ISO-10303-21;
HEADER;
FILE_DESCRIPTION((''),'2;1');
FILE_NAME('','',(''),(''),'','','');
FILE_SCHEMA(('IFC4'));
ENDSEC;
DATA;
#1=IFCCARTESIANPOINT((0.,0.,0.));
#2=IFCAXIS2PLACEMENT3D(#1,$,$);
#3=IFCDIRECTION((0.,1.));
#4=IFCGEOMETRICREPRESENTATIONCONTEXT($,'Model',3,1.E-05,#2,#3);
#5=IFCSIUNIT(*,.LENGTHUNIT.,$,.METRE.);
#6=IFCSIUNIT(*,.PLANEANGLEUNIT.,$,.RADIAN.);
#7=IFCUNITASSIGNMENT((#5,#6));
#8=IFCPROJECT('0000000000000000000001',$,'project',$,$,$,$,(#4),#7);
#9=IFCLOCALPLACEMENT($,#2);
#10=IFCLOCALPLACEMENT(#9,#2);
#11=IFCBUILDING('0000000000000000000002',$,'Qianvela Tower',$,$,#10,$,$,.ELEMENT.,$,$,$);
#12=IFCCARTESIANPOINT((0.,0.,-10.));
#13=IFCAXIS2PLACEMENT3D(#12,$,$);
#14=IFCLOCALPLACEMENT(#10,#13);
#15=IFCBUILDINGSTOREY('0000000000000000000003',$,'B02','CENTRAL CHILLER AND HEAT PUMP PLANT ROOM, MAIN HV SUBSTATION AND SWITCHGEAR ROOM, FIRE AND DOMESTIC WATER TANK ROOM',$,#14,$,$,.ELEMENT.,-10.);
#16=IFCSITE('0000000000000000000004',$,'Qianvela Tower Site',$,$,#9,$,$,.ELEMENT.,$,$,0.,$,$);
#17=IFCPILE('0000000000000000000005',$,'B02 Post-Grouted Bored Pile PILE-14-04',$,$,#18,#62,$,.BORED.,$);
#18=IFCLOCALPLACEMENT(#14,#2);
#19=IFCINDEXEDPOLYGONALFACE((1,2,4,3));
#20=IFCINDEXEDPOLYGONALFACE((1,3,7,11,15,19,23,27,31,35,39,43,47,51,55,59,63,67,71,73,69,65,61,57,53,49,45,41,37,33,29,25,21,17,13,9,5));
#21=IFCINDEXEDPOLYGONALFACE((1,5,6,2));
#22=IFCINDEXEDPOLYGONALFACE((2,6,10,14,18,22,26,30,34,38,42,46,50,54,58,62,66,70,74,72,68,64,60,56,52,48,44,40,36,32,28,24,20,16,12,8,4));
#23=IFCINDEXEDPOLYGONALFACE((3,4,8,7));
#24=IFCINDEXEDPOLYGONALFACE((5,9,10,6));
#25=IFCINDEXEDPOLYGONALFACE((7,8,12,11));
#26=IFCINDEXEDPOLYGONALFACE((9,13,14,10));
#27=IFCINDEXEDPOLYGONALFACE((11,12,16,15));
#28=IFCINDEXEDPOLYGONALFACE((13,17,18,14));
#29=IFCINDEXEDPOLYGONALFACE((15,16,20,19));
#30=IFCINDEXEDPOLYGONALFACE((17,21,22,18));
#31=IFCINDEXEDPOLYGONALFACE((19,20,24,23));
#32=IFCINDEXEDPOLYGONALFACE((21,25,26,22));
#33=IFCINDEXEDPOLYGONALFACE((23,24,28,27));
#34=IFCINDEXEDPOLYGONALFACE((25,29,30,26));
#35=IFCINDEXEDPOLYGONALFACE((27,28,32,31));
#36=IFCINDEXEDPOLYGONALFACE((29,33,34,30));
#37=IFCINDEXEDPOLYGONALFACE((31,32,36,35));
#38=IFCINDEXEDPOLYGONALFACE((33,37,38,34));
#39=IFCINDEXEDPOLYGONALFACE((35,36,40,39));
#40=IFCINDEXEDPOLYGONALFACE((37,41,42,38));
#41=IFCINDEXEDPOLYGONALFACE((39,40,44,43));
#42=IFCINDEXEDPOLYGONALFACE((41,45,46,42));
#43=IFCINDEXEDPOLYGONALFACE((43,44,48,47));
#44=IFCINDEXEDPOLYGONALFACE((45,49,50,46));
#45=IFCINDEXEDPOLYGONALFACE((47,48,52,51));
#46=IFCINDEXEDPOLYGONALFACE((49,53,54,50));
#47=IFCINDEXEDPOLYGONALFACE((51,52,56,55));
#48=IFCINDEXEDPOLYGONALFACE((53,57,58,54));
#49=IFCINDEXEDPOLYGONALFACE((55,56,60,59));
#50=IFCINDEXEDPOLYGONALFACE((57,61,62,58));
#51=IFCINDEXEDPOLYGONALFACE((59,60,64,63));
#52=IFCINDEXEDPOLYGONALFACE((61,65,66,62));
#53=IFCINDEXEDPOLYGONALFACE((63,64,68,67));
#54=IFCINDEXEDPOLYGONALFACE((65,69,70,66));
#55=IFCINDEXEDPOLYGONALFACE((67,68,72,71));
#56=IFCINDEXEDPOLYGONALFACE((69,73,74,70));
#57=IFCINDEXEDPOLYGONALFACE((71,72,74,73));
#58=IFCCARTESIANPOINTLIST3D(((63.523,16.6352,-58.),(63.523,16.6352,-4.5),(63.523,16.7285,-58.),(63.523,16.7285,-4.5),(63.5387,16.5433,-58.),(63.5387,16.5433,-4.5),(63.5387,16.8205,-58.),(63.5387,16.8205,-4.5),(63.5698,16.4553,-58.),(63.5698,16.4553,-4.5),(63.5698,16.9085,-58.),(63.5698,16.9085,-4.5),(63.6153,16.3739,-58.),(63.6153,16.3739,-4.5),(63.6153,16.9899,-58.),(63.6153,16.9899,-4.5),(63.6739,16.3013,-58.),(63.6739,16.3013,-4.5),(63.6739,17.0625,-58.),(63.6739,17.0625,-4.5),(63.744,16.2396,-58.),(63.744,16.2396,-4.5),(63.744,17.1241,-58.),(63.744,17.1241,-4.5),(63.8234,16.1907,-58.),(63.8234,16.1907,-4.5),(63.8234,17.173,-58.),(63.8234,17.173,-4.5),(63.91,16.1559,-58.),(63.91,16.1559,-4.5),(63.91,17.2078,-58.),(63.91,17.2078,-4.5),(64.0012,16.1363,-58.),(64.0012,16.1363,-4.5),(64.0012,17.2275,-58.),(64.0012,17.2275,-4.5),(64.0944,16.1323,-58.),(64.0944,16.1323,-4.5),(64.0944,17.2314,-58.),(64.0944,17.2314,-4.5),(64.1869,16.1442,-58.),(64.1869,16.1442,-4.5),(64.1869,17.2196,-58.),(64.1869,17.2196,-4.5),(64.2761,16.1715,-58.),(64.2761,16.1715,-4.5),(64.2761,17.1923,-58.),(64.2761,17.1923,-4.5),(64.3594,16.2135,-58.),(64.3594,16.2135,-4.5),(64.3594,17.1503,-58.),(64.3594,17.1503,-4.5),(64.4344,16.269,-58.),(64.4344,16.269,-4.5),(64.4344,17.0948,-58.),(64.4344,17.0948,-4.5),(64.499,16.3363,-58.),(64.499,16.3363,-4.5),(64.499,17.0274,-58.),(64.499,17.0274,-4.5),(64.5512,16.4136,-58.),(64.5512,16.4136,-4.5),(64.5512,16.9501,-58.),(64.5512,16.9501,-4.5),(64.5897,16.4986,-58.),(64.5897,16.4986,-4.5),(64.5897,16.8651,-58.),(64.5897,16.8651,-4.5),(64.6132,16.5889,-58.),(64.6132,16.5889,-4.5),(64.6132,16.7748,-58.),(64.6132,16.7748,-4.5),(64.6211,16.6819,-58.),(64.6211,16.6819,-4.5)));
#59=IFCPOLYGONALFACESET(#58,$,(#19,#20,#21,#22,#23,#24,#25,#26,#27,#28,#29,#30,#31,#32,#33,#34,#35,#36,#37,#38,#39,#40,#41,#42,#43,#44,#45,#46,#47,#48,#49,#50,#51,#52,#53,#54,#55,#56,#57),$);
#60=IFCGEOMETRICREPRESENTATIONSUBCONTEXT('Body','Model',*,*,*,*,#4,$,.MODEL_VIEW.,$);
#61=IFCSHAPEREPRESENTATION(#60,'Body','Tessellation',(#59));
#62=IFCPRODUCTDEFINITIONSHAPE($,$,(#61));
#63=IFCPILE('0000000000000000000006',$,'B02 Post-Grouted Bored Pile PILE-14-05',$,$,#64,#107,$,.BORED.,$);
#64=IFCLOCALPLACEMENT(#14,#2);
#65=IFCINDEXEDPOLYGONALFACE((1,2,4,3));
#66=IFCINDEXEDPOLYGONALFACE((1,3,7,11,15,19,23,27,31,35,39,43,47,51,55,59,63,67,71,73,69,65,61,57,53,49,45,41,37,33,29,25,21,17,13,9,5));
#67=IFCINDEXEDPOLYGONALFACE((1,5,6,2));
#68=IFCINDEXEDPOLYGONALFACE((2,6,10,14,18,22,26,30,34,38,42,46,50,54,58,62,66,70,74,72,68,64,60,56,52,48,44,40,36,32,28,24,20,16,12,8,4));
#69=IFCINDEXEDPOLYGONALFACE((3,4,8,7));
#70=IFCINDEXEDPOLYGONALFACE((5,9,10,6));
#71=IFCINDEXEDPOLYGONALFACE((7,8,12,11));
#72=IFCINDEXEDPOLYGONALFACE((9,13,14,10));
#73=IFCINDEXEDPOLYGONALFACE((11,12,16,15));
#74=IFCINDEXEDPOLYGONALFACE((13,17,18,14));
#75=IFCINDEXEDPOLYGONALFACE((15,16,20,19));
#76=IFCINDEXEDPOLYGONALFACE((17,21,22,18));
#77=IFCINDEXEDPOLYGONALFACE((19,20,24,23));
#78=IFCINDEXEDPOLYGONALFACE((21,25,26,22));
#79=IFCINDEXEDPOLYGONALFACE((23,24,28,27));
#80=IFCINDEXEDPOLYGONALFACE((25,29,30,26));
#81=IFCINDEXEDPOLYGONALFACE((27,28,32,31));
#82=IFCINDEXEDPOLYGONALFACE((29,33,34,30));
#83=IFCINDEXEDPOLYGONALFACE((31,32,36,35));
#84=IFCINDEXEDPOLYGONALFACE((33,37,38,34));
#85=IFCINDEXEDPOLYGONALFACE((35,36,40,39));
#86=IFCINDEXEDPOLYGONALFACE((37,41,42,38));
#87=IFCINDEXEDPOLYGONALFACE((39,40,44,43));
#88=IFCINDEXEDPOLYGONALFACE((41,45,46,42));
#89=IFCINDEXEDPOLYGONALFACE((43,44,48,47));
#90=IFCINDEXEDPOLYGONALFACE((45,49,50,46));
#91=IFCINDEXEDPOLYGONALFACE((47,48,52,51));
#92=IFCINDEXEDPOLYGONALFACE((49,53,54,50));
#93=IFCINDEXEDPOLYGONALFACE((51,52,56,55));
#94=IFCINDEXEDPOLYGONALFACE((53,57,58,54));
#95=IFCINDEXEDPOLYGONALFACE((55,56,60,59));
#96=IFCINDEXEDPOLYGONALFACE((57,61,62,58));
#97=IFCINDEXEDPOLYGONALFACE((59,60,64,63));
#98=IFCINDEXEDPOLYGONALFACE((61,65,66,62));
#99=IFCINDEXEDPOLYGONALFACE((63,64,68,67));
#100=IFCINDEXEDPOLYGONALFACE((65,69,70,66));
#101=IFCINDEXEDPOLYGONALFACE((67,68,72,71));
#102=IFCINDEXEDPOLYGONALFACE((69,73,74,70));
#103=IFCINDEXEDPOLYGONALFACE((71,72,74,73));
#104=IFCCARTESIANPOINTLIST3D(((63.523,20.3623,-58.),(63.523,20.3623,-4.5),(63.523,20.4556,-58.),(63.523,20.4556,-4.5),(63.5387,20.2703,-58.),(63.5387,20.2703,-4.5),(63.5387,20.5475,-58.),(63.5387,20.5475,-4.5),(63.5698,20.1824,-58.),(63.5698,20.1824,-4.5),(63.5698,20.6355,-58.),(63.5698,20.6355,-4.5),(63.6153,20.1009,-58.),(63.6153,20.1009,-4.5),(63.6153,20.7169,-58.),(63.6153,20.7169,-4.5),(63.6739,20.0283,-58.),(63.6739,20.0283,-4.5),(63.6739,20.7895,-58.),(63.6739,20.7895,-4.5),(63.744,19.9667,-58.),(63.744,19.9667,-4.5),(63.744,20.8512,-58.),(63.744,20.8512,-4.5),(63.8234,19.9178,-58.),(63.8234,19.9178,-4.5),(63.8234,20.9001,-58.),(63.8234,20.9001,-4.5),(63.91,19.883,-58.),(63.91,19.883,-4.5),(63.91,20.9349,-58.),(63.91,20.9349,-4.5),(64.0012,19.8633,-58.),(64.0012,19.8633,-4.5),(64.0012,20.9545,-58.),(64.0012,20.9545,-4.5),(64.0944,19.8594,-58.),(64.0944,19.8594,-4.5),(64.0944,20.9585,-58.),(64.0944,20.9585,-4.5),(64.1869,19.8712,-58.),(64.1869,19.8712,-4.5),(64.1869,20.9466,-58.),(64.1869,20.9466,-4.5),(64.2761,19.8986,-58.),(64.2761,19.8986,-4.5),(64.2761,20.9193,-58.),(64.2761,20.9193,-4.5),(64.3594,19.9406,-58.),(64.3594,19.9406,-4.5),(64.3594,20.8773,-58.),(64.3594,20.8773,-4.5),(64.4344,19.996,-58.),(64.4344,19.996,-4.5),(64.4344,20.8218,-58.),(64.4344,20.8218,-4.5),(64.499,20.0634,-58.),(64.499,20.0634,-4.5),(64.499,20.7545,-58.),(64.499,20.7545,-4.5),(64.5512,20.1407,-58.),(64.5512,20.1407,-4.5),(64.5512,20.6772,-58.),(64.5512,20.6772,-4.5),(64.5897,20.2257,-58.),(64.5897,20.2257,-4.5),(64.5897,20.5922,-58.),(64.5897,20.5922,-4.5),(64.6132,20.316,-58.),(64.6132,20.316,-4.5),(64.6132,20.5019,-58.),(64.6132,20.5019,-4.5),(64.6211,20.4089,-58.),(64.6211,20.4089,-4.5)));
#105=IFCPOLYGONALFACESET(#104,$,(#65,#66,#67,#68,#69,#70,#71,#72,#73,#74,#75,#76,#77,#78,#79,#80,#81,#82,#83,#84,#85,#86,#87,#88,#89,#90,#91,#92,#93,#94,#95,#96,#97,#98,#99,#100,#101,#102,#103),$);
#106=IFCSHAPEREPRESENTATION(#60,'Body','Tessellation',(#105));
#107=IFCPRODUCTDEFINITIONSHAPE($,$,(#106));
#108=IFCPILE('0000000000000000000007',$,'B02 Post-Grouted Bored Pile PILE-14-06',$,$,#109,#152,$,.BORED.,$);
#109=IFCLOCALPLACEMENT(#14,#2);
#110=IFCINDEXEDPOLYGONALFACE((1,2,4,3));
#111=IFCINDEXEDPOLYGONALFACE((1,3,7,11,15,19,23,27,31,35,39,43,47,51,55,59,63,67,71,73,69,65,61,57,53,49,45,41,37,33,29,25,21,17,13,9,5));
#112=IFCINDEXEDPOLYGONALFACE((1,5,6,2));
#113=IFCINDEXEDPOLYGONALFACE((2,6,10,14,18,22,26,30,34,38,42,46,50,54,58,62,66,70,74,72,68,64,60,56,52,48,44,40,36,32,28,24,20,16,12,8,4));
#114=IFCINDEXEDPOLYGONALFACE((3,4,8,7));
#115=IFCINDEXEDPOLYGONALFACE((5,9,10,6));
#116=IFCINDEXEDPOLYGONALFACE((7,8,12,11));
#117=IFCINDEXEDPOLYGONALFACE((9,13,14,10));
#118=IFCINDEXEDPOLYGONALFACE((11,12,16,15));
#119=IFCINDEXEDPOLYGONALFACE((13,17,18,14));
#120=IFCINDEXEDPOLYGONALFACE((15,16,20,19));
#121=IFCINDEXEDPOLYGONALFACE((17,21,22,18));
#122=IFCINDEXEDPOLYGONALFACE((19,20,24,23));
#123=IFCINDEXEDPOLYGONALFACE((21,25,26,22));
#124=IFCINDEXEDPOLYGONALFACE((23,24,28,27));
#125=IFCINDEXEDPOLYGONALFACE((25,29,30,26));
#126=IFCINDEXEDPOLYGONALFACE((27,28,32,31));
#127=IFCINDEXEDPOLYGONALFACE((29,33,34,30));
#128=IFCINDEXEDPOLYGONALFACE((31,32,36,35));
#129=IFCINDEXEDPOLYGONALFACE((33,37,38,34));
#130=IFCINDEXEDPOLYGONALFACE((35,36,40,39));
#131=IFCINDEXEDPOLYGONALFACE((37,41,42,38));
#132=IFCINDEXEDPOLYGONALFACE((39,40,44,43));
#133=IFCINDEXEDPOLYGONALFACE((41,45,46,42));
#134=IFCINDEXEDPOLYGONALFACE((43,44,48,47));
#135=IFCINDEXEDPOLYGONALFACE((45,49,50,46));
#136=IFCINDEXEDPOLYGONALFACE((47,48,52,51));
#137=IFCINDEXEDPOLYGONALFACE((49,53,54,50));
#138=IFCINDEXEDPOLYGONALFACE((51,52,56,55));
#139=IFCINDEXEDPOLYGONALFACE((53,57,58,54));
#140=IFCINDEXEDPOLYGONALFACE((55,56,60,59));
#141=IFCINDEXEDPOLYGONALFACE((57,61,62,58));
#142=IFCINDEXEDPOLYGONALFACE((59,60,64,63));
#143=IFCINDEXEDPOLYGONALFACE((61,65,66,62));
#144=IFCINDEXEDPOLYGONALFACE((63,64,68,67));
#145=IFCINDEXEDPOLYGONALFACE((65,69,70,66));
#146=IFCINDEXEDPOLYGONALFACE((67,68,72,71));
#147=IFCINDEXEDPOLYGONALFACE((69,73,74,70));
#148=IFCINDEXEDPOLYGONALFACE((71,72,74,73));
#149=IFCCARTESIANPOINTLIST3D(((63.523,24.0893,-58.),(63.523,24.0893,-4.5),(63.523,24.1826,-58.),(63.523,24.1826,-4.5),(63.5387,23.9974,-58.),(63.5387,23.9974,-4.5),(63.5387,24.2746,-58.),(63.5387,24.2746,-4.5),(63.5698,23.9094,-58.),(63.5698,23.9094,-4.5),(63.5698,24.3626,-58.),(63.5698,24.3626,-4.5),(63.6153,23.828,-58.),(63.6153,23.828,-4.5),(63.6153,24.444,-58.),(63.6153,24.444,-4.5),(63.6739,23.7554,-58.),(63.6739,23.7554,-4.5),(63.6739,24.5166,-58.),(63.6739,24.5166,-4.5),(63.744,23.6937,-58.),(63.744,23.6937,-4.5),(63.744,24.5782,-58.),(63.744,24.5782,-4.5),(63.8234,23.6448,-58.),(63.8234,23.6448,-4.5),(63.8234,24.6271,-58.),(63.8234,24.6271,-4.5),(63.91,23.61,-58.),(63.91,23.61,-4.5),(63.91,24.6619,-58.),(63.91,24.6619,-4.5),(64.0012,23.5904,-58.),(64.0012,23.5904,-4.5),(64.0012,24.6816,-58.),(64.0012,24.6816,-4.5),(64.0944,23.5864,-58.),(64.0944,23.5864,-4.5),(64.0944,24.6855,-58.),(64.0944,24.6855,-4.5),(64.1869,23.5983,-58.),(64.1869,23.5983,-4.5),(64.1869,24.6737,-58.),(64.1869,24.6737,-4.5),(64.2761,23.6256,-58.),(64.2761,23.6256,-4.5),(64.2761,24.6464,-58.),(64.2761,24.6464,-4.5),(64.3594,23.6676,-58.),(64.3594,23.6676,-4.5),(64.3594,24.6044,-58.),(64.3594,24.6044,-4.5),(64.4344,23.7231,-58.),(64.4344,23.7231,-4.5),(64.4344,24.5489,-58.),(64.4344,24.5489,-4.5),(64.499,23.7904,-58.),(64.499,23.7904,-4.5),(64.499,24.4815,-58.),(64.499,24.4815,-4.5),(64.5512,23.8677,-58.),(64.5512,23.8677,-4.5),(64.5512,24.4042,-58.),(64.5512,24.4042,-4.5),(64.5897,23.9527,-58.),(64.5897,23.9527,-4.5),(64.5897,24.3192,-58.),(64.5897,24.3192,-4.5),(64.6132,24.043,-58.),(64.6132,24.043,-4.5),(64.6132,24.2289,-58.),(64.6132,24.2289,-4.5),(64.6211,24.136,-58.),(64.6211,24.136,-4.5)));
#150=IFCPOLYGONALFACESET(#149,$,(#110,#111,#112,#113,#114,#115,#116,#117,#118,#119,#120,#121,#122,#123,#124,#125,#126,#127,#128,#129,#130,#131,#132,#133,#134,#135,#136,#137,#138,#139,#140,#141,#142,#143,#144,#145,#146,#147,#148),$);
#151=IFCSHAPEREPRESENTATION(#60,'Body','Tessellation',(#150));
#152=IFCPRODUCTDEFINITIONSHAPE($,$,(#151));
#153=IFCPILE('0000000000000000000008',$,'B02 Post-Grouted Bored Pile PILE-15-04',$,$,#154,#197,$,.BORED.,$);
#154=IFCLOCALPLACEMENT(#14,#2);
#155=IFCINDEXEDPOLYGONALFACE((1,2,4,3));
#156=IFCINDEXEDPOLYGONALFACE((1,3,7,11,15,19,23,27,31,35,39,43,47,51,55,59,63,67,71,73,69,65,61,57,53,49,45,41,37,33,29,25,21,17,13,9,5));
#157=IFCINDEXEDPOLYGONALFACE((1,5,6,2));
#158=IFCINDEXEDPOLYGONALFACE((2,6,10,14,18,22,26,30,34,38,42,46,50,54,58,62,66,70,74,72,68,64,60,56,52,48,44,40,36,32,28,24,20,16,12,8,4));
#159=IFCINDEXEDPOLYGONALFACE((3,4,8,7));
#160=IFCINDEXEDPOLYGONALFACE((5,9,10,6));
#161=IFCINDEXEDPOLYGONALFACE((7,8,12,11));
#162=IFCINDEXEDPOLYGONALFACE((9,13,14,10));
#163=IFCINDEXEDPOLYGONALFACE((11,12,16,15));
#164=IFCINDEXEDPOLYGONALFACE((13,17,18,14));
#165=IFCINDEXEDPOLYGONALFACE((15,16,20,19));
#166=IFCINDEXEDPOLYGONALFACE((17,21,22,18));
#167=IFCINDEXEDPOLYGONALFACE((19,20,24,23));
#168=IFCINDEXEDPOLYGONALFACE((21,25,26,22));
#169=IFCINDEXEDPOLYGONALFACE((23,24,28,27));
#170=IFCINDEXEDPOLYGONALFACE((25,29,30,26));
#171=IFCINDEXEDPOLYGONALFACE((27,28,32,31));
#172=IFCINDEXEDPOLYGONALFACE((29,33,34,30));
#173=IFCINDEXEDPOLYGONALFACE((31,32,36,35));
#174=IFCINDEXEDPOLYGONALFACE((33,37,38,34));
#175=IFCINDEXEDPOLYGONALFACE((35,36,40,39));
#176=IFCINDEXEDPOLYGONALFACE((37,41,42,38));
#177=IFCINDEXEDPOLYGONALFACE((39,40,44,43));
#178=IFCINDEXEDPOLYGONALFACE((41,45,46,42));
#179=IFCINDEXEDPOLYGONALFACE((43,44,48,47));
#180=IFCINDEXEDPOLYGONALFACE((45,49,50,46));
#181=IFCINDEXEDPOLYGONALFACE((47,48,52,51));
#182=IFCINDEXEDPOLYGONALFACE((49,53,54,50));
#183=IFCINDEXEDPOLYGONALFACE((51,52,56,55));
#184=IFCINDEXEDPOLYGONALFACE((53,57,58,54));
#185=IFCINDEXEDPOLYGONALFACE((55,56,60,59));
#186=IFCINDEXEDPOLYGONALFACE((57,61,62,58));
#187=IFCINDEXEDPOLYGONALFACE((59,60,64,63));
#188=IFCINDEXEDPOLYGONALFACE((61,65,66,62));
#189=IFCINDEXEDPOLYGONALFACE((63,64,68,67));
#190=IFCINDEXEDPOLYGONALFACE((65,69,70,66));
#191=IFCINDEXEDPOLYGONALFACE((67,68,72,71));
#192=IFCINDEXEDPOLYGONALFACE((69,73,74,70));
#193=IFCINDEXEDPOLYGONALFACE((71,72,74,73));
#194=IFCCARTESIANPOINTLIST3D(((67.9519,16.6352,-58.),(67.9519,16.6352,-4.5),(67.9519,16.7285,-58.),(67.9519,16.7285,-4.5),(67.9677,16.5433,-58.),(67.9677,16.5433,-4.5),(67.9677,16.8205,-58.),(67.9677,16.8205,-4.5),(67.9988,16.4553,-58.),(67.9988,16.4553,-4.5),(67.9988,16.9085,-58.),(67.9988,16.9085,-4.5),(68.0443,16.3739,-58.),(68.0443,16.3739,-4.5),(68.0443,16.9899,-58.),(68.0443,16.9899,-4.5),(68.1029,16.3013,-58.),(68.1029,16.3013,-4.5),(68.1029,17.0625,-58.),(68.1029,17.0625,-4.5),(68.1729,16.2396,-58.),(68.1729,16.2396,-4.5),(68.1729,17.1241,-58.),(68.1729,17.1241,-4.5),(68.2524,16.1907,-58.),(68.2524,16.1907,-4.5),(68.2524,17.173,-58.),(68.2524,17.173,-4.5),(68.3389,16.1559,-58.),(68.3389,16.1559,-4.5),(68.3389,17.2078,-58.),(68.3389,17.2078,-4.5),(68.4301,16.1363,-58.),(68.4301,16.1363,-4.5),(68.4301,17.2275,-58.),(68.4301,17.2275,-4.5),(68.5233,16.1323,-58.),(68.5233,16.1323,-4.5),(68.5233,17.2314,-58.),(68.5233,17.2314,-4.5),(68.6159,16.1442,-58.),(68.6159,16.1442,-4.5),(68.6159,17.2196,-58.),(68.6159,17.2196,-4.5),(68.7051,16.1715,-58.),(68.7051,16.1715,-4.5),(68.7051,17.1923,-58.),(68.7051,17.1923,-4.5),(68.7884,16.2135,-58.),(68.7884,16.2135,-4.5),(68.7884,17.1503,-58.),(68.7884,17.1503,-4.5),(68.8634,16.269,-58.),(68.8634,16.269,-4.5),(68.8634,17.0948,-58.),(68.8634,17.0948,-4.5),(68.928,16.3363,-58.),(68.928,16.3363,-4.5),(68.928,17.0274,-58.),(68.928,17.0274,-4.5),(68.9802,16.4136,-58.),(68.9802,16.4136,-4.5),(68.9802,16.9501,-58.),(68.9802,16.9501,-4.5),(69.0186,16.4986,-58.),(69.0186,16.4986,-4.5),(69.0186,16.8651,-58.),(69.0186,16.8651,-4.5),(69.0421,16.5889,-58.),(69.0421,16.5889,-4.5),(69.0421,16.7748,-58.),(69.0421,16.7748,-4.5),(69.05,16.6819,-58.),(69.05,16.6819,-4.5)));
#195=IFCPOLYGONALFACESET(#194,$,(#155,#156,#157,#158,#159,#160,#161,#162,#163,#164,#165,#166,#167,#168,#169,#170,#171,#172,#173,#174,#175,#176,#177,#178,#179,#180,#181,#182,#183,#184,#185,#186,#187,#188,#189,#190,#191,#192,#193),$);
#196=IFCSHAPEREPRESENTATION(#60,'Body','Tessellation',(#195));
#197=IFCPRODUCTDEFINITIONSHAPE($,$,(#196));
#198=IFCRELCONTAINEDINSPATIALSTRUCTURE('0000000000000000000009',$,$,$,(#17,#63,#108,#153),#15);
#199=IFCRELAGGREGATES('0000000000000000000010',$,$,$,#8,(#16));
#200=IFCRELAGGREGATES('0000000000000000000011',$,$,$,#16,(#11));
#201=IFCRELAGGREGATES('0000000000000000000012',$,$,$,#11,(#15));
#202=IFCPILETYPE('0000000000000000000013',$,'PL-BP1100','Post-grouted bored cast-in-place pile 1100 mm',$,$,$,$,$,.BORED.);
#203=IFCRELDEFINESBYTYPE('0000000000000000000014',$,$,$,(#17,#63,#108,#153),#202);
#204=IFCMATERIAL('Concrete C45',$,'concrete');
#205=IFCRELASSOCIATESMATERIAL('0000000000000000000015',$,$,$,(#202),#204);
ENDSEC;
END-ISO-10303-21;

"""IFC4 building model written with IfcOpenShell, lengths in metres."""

from ifc_helpers import new_model, si_unit, direction, frame, origin, origin_2d, place, context, subcontext, project, spatial, circle, extrude, material, material_profile, profile_set, type_object, element, save


model = new_model("IFC4")

# Units and contexts
model_context = context("Model", 3, precision=1e-05, world=origin(), true_north=direction((0.0, 1.0)))
body_context = subcontext(model_context, "Body", "Model", "MODEL_VIEW")
ifc_project = project(units=[si_unit("LENGTHUNIT", "METRE"), si_unit("PLANEANGLEUNIT", "RADIAN")], contexts=[model_context])

# Site, building, storey
site_placement = place(None, origin())
site = spatial("IfcSite", under=ifc_project, at=site_placement, Name="Qianvela Tower Site", CompositionType="ELEMENT", RefElevation=0.0)
building_placement = place(site_placement, origin())
building = spatial("IfcBuilding", under=site, at=building_placement, Name="Qianvela Tower", CompositionType="ELEMENT")
storey_placement = place(building_placement, frame((0.0, 0.0, -10.0)))
storey = spatial("IfcBuildingStorey", under=building, at=storey_placement, Name="B02", Description="CENTRAL CHILLER AND HEAT PUMP PLANT ROOM, MAIN HV SUBSTATION AND SWITCHGEAR ROOM, FIRE AND DOMESTIC WATER TANK ROOM", CompositionType="ELEMENT", Elevation=-10.0)

# Piles
ifc_material_1 = material(Name="Concrete C45", Category="concrete")
ifc_material_profile_1 = material_profile(ifc_material_1, circle(Radius=0.55, at=origin_2d()), Name="BP-1100")
ifc_profile_set_1 = profile_set([ifc_material_profile_1], Name="Concrete C45")
pile_type_1 = type_object("IfcPileType", Name="PL-BP1100", Description="Post-grouted bored cast-in-place pile 1100 mm", PredefinedType="BORED", material=ifc_profile_set_1)
for number, where, z_axis, x_axis, name in (
    (1, (64.071, 16.6819, -4.5), (0.0, 0.0, -1.0), (1.0, 0.0, 0.0), "B02 Post-Grouted Bored Pile PILE-14-04"),
    (2, (64.071, 20.4089, -4.5), (0.0, 0.0, -1.0), (1.0, 0.0, 0.0), "B02 Post-Grouted Bored Pile PILE-14-05"),
    (3, (64.071, 24.136, -4.5), (0.0, 0.0, -1.0), (1.0, 0.0, 0.0), "B02 Post-Grouted Bored Pile PILE-14-06"),
    (4, (68.5, 16.6819, -4.5), (0.0, 0.0, -1.0), (1.0, 0.0, 0.0), "B02 Post-Grouted Bored Pile PILE-15-04"),
):
    element("IfcPile", number, at=place(storey_placement, frame(where, z_axis=z_axis, x_axis=x_axis)), inside=storey, type_object=pile_type_1, Name=name, PredefinedType="BORED", context=body_context, shape_type="SweptSolid", body=[
        extrude(circle(Radius=0.55, at=origin_2d()), origin(), (0.0, 0.0, 1.0), 53.5),
    ])

save(model, "model.ifc")
